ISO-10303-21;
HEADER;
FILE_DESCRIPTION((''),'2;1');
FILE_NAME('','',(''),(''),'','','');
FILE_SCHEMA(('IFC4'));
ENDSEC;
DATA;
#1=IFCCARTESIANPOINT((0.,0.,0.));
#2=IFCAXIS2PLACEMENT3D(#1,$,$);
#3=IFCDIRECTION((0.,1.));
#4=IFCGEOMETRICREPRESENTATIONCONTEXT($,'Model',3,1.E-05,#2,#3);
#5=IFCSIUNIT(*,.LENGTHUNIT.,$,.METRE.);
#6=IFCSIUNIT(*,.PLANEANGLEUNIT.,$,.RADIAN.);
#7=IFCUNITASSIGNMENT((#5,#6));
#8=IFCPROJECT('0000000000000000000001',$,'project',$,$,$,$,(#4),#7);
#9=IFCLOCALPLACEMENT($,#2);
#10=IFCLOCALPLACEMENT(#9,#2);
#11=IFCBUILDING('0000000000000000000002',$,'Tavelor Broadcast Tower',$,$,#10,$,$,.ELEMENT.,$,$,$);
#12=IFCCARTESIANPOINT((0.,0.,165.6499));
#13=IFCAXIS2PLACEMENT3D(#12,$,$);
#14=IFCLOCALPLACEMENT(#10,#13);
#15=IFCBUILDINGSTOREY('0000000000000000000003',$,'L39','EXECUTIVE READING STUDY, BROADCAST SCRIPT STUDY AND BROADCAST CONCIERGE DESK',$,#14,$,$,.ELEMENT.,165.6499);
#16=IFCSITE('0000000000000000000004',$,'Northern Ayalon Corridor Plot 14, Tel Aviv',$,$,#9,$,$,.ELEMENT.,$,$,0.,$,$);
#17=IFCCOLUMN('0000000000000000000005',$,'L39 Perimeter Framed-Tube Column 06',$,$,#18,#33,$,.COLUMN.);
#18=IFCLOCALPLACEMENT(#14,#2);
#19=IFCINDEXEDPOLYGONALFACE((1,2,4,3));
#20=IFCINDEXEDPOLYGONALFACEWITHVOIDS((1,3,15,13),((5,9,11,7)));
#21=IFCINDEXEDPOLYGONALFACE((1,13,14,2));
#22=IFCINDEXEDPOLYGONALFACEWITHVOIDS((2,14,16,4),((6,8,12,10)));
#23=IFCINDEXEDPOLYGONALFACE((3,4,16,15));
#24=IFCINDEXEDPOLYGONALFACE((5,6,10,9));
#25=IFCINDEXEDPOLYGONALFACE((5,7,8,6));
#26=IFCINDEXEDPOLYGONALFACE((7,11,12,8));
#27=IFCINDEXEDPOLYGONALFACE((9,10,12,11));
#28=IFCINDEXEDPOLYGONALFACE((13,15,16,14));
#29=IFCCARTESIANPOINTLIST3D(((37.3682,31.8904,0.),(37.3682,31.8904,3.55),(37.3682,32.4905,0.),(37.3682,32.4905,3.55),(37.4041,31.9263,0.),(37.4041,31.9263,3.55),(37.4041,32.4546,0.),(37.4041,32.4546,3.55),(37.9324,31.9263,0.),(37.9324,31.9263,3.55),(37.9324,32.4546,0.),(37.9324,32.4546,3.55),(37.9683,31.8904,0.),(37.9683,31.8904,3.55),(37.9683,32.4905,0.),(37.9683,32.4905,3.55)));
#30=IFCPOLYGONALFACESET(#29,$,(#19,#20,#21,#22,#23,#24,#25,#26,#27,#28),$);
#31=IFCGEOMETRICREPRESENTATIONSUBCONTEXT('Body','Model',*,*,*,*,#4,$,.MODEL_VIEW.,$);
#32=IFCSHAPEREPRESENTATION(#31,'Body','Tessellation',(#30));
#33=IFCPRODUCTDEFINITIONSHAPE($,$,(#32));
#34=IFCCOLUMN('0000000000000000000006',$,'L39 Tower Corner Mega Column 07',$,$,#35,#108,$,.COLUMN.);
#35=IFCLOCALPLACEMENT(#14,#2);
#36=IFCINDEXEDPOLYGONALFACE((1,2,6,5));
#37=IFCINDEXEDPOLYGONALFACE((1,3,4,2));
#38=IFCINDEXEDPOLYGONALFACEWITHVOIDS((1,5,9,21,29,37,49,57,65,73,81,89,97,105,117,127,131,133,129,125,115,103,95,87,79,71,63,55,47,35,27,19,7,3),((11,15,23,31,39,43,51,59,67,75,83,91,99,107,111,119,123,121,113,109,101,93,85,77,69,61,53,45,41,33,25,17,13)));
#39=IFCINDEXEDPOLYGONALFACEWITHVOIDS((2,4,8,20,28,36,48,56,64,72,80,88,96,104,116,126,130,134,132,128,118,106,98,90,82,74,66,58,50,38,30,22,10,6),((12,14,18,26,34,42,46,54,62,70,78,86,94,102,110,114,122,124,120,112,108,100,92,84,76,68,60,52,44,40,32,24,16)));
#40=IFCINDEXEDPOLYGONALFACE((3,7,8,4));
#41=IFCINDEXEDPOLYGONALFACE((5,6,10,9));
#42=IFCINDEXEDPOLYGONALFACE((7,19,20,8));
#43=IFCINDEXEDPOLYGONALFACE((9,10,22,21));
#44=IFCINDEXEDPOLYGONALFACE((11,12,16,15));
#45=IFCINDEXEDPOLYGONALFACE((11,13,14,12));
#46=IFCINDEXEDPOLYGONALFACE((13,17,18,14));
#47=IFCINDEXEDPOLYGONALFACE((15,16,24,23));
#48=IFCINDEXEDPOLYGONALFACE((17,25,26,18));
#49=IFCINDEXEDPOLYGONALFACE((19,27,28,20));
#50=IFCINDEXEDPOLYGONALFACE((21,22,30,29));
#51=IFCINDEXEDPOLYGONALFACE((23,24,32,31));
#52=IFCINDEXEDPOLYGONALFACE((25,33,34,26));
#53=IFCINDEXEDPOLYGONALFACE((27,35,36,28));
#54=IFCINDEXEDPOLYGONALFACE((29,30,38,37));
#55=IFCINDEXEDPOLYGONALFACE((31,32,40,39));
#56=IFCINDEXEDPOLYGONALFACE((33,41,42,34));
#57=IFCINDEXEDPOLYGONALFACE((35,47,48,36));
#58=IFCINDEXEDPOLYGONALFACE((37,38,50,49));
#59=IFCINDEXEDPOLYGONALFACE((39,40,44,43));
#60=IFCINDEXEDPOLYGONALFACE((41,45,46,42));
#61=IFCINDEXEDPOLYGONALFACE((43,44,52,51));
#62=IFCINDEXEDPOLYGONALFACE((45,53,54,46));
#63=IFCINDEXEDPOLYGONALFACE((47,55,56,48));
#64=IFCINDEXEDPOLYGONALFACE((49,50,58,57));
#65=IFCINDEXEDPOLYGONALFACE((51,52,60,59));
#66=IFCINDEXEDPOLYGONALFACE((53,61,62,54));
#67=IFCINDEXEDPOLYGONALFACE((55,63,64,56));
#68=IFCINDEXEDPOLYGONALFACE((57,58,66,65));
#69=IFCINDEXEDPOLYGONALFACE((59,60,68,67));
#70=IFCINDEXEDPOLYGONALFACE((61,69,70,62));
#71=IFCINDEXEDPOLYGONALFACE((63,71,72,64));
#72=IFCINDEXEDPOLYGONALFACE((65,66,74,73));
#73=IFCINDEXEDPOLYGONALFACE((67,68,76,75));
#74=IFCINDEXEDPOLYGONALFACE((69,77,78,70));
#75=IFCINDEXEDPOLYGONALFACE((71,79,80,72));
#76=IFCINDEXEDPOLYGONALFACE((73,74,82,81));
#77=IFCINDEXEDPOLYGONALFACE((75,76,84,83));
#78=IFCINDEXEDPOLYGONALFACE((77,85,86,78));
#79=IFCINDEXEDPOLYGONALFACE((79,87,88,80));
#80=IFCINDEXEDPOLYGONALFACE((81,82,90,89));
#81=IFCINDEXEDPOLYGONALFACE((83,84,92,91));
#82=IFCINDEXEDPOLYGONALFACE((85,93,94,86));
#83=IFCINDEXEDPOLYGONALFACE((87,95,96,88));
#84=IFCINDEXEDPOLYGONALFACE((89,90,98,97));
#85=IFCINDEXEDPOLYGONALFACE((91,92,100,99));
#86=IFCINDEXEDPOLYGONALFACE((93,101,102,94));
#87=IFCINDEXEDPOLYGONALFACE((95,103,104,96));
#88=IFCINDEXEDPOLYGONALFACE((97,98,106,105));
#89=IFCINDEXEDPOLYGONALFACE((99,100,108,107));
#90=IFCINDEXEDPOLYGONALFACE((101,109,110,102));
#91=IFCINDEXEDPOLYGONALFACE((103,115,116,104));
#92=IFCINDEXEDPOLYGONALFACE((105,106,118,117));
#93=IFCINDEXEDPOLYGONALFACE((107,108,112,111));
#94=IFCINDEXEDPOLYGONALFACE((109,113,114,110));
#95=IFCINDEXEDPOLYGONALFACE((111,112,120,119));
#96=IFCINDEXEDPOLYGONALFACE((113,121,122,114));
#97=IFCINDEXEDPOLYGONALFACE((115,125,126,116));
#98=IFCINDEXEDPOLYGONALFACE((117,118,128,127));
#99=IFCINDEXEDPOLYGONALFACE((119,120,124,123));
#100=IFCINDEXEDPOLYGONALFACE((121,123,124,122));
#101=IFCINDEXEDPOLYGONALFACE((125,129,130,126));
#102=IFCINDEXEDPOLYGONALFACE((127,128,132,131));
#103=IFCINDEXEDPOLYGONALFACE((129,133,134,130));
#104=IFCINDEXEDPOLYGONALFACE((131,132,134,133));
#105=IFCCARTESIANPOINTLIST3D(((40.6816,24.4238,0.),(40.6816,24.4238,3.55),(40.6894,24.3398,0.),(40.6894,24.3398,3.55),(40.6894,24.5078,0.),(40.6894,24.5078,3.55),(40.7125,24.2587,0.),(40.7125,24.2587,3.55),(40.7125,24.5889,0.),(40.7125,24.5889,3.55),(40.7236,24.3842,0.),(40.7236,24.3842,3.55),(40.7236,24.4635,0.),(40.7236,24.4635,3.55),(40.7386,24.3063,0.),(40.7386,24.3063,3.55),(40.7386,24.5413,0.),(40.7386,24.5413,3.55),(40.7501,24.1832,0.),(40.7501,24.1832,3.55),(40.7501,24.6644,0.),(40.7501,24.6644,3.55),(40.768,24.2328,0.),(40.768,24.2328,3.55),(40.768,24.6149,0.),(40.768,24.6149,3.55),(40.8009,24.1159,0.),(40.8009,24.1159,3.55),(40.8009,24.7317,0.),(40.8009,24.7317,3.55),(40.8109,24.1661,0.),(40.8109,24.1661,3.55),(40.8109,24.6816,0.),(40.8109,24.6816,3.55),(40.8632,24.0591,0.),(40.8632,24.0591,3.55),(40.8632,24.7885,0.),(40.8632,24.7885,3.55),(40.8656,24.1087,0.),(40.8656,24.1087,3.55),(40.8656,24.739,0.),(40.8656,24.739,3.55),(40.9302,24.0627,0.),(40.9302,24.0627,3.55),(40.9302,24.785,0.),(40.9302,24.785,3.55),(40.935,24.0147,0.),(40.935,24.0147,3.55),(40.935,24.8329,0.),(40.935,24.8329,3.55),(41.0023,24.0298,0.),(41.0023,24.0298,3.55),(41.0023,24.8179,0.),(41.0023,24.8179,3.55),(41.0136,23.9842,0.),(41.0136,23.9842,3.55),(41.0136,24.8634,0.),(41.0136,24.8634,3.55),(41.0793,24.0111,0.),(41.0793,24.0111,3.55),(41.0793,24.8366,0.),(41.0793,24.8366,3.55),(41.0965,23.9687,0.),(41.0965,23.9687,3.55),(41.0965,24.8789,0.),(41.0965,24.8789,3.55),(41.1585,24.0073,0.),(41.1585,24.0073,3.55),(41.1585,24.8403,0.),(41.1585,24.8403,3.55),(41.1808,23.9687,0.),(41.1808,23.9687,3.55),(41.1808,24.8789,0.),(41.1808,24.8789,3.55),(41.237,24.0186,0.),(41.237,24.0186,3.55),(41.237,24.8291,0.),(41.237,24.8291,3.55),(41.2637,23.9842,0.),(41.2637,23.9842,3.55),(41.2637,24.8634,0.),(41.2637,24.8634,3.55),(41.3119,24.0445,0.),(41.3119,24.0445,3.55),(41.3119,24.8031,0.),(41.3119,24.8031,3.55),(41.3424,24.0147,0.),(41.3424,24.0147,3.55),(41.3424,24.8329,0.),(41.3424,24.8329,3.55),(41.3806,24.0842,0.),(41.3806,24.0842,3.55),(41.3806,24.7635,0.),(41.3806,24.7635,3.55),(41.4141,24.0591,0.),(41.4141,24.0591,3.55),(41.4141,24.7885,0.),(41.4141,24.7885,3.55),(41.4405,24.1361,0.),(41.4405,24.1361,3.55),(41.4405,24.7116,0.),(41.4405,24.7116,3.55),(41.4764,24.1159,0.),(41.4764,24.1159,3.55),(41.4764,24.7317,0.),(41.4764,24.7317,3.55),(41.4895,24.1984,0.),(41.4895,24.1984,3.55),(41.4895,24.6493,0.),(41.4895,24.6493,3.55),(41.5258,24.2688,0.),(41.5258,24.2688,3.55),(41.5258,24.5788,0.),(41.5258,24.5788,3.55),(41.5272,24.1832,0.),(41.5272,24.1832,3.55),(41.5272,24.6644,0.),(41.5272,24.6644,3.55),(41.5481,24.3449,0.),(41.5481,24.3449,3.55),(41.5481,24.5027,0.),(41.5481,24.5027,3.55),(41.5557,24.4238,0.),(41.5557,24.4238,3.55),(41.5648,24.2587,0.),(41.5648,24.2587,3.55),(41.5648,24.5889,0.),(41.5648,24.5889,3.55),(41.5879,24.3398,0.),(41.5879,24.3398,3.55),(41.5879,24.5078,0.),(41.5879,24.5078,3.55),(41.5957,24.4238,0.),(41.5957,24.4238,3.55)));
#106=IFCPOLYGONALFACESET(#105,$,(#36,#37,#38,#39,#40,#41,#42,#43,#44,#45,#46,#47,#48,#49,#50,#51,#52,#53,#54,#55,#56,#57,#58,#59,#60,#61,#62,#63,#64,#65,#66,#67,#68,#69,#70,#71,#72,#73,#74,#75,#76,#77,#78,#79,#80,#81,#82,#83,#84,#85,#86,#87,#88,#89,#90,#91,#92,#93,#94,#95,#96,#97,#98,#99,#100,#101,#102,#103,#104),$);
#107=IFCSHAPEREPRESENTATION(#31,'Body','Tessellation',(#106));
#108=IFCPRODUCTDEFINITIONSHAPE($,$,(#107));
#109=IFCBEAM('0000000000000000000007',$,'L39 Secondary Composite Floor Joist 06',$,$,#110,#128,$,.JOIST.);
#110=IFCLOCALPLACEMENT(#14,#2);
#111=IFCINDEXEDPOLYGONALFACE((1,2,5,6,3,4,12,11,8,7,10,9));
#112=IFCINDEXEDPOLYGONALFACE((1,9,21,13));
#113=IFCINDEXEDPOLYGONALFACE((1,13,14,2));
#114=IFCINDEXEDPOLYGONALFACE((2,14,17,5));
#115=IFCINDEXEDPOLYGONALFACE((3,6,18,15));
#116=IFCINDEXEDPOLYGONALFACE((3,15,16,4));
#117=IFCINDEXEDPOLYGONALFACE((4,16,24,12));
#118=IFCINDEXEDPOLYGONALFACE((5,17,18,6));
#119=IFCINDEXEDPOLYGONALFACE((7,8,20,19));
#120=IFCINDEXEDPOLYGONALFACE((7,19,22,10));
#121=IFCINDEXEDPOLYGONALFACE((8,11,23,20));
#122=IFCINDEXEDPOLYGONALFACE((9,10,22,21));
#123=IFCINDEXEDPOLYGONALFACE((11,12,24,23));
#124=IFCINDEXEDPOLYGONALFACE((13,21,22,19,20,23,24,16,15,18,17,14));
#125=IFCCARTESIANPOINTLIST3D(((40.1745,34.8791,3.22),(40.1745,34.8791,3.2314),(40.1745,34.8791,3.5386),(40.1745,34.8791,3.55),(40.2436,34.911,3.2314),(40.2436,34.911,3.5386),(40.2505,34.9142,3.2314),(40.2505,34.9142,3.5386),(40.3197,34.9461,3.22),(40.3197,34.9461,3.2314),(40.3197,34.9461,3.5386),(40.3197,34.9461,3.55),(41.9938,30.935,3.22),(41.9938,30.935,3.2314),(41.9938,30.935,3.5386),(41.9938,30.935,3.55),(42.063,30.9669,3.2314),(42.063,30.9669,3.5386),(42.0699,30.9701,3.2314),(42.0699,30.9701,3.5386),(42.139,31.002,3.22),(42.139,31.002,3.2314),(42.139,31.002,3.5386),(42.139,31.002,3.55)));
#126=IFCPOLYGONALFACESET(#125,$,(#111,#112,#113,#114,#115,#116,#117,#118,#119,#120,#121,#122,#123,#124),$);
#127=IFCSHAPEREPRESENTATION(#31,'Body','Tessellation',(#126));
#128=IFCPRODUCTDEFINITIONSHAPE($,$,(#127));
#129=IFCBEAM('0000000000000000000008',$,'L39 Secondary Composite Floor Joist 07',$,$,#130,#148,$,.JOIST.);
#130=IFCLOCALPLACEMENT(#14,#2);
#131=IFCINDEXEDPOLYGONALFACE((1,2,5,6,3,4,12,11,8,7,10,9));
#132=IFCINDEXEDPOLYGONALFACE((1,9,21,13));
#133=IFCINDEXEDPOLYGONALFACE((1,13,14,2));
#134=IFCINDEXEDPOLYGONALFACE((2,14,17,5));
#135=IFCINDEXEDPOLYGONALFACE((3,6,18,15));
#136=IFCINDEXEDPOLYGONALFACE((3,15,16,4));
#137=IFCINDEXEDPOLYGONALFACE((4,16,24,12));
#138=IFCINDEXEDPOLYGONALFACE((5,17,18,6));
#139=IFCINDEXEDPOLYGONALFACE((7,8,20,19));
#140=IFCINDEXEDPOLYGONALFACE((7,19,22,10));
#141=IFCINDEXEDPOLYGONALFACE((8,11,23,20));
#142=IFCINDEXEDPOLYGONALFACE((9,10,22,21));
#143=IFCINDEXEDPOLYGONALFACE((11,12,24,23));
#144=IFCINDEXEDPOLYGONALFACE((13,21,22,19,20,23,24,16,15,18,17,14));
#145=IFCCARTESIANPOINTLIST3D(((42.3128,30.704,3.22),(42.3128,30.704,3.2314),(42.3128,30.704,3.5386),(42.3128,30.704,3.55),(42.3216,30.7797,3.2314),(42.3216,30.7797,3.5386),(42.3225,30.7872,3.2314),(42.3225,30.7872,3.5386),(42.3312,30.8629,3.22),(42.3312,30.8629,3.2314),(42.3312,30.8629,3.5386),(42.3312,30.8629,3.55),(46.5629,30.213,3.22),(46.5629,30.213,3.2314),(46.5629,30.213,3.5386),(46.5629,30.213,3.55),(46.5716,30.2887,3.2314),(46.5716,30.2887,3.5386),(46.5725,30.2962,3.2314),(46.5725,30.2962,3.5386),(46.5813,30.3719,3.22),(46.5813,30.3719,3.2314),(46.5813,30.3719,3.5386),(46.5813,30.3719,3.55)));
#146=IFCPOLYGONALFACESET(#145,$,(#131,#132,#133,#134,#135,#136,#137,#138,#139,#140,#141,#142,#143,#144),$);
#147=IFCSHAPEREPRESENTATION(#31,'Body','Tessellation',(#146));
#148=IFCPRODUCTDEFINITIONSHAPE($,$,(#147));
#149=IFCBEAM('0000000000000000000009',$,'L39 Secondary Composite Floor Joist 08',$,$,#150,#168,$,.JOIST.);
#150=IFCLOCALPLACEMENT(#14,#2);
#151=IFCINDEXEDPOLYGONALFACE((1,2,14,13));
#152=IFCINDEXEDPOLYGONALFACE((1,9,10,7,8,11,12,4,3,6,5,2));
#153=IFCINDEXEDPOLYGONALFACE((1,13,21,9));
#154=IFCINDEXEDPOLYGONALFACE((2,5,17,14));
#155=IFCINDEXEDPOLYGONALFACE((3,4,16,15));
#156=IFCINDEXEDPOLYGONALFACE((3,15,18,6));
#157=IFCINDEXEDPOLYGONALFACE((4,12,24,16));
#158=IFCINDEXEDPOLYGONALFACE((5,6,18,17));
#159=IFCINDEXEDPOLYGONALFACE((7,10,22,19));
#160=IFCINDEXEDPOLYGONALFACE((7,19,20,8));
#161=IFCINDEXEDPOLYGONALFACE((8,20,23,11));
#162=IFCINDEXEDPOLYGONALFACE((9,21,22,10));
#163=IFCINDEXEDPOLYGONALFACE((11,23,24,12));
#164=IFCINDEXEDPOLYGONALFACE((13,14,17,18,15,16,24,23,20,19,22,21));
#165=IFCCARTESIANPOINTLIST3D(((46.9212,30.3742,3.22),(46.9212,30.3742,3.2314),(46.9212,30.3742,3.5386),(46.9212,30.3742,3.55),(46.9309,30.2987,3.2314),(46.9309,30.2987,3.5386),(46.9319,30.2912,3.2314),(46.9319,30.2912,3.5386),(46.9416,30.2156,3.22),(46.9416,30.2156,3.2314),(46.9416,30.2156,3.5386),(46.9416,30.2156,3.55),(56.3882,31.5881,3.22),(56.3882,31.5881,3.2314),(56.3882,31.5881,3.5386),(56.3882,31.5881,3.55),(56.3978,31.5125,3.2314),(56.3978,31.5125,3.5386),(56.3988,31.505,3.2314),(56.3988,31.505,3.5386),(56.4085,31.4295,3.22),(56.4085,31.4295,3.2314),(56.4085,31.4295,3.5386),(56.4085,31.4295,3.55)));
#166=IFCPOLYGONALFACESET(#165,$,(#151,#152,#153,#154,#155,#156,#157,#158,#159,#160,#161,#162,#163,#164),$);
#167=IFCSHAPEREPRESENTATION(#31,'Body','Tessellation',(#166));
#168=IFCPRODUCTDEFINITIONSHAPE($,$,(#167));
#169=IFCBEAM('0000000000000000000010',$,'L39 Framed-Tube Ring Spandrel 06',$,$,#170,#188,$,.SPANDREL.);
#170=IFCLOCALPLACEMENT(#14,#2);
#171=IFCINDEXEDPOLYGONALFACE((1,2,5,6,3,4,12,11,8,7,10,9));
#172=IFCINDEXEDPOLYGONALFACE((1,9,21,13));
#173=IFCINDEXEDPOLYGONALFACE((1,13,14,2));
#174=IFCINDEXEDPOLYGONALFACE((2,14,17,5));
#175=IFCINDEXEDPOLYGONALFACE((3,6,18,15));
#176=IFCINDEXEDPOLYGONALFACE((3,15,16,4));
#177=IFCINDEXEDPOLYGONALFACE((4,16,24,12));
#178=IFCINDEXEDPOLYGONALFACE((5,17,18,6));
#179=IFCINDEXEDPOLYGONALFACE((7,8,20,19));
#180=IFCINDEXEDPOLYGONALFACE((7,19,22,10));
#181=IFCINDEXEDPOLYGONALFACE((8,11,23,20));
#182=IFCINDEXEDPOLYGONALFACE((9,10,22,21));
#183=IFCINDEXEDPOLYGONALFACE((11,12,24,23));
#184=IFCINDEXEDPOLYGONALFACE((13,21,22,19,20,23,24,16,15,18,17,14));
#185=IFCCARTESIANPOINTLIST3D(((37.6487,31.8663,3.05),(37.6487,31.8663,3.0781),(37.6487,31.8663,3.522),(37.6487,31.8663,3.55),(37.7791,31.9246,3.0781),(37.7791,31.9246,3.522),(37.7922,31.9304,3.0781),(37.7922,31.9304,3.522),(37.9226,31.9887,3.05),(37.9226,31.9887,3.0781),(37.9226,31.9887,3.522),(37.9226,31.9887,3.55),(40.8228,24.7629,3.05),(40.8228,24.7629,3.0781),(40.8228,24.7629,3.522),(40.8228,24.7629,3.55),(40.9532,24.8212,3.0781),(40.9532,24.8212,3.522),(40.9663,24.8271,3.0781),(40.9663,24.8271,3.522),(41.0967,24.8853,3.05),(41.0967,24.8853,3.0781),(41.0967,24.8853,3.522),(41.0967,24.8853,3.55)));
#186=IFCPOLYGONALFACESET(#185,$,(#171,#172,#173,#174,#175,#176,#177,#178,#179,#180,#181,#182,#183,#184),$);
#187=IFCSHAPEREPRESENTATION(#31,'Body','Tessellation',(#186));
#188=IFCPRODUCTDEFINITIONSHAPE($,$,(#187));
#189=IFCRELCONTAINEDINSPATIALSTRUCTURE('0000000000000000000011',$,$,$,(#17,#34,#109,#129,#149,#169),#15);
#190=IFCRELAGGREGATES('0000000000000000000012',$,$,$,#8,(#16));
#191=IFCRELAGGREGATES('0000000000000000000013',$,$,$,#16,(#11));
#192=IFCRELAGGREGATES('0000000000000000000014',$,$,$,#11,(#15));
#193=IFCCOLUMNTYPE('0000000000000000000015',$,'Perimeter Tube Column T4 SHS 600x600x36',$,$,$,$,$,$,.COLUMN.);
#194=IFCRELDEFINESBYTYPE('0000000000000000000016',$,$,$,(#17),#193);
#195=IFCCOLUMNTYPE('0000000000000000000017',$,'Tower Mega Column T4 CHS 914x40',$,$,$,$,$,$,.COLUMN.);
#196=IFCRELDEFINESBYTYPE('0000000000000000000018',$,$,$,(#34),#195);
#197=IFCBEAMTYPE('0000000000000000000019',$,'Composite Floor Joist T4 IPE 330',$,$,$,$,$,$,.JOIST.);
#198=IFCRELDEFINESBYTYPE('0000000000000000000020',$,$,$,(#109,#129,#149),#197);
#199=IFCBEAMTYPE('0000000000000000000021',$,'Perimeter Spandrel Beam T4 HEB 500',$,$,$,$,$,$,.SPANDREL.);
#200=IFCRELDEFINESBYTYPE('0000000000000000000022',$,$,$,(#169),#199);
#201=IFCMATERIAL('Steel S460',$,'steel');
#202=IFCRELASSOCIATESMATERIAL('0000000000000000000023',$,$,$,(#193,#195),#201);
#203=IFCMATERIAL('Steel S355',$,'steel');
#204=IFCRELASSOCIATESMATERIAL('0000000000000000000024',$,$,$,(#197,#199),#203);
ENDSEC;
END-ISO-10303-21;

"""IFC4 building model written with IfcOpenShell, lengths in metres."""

from ifc_helpers import new_model, si_unit, direction, frame, origin, origin_2d, place, context, subcontext, project, spatial, hollow_rectangle, hollow_circle, i_section, extrude, material, material_profile, profile_set, type_object, element, save


model = new_model("IFC4")

# Units and contexts
model_context = context("Model", 3, precision=1e-05, world=origin(), true_north=direction((0.0, 1.0)))
body_context = subcontext(model_context, "Body", "Model", "MODEL_VIEW")
ifc_project = project(units=[si_unit("LENGTHUNIT", "METRE"), si_unit("PLANEANGLEUNIT", "RADIAN")], contexts=[model_context])

# Site, building, storey
site_placement = place(None, origin())
site = spatial("IfcSite", under=ifc_project, at=site_placement, Name="Northern Ayalon Corridor Plot 14, Tel Aviv", CompositionType="ELEMENT", RefElevation=0.0)
building_placement = place(site_placement, origin())
building = spatial("IfcBuilding", under=site, at=building_placement, Name="Tavelor Broadcast Tower", CompositionType="ELEMENT")
storey_placement = place(building_placement, frame((0.0, 0.0, 165.6499)))
storey = spatial("IfcBuildingStorey", under=building, at=storey_placement, Name="L39", Description="EXECUTIVE READING STUDY, BROADCAST SCRIPT STUDY AND BROADCAST CONCIERGE DESK", CompositionType="ELEMENT", Elevation=165.6499)

# Columns
ifc_material_1 = material(Name="Steel S460", Category="steel")
ifc_material_profile_1 = material_profile(ifc_material_1, hollow_rectangle(XDim=0.6001, YDim=0.6001, WallThickness=0.0359, at=origin_2d()), Name="SHS 600x600x36")
ifc_profile_set_1 = profile_set([ifc_material_profile_1], Name="Steel S460")
column_type_1 = type_object("IfcColumnType", Name="Perimeter Tube Column T4 SHS 600x600x36", PredefinedType="COLUMN", material=ifc_profile_set_1)
column_1_placement = place(storey_placement, frame((37.6682, 32.1904, 0.0), z_axis=(0.0, 0.0, 1.0), x_axis=(1.0, 0.0, 0.0)))
element("IfcColumn", 1, at=column_1_placement, inside=storey, type_object=column_type_1, Name="L39 Perimeter Framed-Tube Column 06", PredefinedType="COLUMN", context=body_context, shape_type="SweptSolid", body=[
    extrude(hollow_rectangle(XDim=0.6001, YDim=0.6001, WallThickness=0.0359, at=origin_2d()), origin(), (0.0, 0.0, 1.0), 3.55),
])
ifc_material_profile_2 = material_profile(ifc_material_1, hollow_circle(Radius=0.457, WallThickness=0.04, at=origin_2d()), Name="CHS 914x40")
ifc_profile_set_2 = profile_set([ifc_material_profile_2], Name="Steel S460")
column_type_2 = type_object("IfcColumnType", Name="Tower Mega Column T4 CHS 914x40", PredefinedType="COLUMN", material=ifc_profile_set_2)
column_2_placement = place(storey_placement, frame((41.1387, 24.4238, 0.0), z_axis=(0.0, 0.0, 1.0), x_axis=(1.0, 0.0, 0.0)))
element("IfcColumn", 2, at=column_2_placement, inside=storey, type_object=column_type_2, Name="L39 Tower Corner Mega Column 07", PredefinedType="COLUMN", context=body_context, shape_type="SweptSolid", body=[
    extrude(hollow_circle(Radius=0.457, WallThickness=0.04, at=origin_2d()), origin(), (0.0, 0.0, 1.0), 3.55),
])

# Beams
ifc_material_2 = material(Name="Steel S355", Category="steel")
ifc_material_profile_3 = material_profile(ifc_material_2, i_section(OverallWidth=0.1599, OverallDepth=0.3301, WebThickness=0.0076, FlangeThickness=0.0115, at=origin_2d()), Name="IPE 330")
ifc_profile_set_3 = profile_set([ifc_material_profile_3], Name="Steel S355")
beam_type_1 = type_object("IfcBeamType", Name="Composite Floor Joist T4 IPE 330", PredefinedType="JOIST", material=ifc_profile_set_3)
beam_1_placement = place(storey_placement, frame((40.2471, 34.9126, 3.385), z_axis=(0.418866, -0.908048, 0.0), x_axis=(0.908048, 0.418866, 0.0)))
element("IfcBeam", 3, at=beam_1_placement, inside=storey, type_object=beam_type_1, Name="L39 Secondary Composite Floor Joist 06", PredefinedType="JOIST", context=body_context, shape_type="SweptSolid", body=[
    extrude(i_section(OverallWidth=0.1599, OverallDepth=0.3301, WebThickness=0.0076, FlangeThickness=0.0115, at=origin_2d()), origin(), (0.0, 0.0, 1.0), 4.3435),
])
beam_2_placement = place(storey_placement, frame((42.322, 30.7834, 3.385), z_axis=(0.993393, -0.114758, 0.0), x_axis=(0.114758, 0.993393, 0.0)))
element("IfcBeam", 4, at=beam_2_placement, inside=storey, type_object=beam_type_1, Name="L39 Secondary Composite Floor Joist 07", PredefinedType="JOIST", context=body_context, shape_type="SweptSolid", body=[
    extrude(i_section(OverallWidth=0.1599, OverallDepth=0.3301, WebThickness=0.0076, FlangeThickness=0.0115, at=origin_2d()), origin(), (0.0, 0.0, 1.0), 4.2783),
])
beam_3_placement = place(storey_placement, frame((46.9314, 30.2949, 3.385), z_axis=(0.99188, 0.127179, 0.0), x_axis=(-0.127179, 0.99188, 0.0)))
element("IfcBeam", 5, at=beam_3_placement, inside=storey, type_object=beam_type_1, Name="L39 Secondary Composite Floor Joist 08", PredefinedType="JOIST", context=body_context, shape_type="SweptSolid", body=[
    extrude(i_section(OverallWidth=0.1599, OverallDepth=0.3301, WebThickness=0.0076, FlangeThickness=0.0115, at=origin_2d()), origin(), (0.0, 0.0, 1.0), 9.5444),
])
ifc_material_profile_4 = material_profile(ifc_material_2, i_section(OverallWidth=0.3, OverallDepth=0.5, WebThickness=0.0144, FlangeThickness=0.0281, at=origin_2d()), Name="HEB 500")
ifc_profile_set_4 = profile_set([ifc_material_profile_4], Name="Steel S355")
beam_type_2 = type_object("IfcBeamType", Name="Perimeter Spandrel Beam T4 HEB 500", PredefinedType="SPANDREL", material=ifc_profile_set_4)
beam_4_placement = place(storey_placement, frame((37.7856, 31.9275, 3.3), z_axis=(0.407969, -0.912996, 0.0), x_axis=(0.912996, 0.407969, 0.0)))
element("IfcBeam", 6, at=beam_4_placement, inside=storey, type_object=beam_type_2, Name="L39 Framed-Tube Ring Spandrel 06", PredefinedType="SPANDREL", context=body_context, shape_type="SweptSolid", body=[
    extrude(i_section(OverallWidth=0.3, OverallDepth=0.5, WebThickness=0.0144, FlangeThickness=0.0281, at=origin_2d()), origin(), (0.0, 0.0, 1.0), 7.7803),
])

save(model, "model.ifc")
